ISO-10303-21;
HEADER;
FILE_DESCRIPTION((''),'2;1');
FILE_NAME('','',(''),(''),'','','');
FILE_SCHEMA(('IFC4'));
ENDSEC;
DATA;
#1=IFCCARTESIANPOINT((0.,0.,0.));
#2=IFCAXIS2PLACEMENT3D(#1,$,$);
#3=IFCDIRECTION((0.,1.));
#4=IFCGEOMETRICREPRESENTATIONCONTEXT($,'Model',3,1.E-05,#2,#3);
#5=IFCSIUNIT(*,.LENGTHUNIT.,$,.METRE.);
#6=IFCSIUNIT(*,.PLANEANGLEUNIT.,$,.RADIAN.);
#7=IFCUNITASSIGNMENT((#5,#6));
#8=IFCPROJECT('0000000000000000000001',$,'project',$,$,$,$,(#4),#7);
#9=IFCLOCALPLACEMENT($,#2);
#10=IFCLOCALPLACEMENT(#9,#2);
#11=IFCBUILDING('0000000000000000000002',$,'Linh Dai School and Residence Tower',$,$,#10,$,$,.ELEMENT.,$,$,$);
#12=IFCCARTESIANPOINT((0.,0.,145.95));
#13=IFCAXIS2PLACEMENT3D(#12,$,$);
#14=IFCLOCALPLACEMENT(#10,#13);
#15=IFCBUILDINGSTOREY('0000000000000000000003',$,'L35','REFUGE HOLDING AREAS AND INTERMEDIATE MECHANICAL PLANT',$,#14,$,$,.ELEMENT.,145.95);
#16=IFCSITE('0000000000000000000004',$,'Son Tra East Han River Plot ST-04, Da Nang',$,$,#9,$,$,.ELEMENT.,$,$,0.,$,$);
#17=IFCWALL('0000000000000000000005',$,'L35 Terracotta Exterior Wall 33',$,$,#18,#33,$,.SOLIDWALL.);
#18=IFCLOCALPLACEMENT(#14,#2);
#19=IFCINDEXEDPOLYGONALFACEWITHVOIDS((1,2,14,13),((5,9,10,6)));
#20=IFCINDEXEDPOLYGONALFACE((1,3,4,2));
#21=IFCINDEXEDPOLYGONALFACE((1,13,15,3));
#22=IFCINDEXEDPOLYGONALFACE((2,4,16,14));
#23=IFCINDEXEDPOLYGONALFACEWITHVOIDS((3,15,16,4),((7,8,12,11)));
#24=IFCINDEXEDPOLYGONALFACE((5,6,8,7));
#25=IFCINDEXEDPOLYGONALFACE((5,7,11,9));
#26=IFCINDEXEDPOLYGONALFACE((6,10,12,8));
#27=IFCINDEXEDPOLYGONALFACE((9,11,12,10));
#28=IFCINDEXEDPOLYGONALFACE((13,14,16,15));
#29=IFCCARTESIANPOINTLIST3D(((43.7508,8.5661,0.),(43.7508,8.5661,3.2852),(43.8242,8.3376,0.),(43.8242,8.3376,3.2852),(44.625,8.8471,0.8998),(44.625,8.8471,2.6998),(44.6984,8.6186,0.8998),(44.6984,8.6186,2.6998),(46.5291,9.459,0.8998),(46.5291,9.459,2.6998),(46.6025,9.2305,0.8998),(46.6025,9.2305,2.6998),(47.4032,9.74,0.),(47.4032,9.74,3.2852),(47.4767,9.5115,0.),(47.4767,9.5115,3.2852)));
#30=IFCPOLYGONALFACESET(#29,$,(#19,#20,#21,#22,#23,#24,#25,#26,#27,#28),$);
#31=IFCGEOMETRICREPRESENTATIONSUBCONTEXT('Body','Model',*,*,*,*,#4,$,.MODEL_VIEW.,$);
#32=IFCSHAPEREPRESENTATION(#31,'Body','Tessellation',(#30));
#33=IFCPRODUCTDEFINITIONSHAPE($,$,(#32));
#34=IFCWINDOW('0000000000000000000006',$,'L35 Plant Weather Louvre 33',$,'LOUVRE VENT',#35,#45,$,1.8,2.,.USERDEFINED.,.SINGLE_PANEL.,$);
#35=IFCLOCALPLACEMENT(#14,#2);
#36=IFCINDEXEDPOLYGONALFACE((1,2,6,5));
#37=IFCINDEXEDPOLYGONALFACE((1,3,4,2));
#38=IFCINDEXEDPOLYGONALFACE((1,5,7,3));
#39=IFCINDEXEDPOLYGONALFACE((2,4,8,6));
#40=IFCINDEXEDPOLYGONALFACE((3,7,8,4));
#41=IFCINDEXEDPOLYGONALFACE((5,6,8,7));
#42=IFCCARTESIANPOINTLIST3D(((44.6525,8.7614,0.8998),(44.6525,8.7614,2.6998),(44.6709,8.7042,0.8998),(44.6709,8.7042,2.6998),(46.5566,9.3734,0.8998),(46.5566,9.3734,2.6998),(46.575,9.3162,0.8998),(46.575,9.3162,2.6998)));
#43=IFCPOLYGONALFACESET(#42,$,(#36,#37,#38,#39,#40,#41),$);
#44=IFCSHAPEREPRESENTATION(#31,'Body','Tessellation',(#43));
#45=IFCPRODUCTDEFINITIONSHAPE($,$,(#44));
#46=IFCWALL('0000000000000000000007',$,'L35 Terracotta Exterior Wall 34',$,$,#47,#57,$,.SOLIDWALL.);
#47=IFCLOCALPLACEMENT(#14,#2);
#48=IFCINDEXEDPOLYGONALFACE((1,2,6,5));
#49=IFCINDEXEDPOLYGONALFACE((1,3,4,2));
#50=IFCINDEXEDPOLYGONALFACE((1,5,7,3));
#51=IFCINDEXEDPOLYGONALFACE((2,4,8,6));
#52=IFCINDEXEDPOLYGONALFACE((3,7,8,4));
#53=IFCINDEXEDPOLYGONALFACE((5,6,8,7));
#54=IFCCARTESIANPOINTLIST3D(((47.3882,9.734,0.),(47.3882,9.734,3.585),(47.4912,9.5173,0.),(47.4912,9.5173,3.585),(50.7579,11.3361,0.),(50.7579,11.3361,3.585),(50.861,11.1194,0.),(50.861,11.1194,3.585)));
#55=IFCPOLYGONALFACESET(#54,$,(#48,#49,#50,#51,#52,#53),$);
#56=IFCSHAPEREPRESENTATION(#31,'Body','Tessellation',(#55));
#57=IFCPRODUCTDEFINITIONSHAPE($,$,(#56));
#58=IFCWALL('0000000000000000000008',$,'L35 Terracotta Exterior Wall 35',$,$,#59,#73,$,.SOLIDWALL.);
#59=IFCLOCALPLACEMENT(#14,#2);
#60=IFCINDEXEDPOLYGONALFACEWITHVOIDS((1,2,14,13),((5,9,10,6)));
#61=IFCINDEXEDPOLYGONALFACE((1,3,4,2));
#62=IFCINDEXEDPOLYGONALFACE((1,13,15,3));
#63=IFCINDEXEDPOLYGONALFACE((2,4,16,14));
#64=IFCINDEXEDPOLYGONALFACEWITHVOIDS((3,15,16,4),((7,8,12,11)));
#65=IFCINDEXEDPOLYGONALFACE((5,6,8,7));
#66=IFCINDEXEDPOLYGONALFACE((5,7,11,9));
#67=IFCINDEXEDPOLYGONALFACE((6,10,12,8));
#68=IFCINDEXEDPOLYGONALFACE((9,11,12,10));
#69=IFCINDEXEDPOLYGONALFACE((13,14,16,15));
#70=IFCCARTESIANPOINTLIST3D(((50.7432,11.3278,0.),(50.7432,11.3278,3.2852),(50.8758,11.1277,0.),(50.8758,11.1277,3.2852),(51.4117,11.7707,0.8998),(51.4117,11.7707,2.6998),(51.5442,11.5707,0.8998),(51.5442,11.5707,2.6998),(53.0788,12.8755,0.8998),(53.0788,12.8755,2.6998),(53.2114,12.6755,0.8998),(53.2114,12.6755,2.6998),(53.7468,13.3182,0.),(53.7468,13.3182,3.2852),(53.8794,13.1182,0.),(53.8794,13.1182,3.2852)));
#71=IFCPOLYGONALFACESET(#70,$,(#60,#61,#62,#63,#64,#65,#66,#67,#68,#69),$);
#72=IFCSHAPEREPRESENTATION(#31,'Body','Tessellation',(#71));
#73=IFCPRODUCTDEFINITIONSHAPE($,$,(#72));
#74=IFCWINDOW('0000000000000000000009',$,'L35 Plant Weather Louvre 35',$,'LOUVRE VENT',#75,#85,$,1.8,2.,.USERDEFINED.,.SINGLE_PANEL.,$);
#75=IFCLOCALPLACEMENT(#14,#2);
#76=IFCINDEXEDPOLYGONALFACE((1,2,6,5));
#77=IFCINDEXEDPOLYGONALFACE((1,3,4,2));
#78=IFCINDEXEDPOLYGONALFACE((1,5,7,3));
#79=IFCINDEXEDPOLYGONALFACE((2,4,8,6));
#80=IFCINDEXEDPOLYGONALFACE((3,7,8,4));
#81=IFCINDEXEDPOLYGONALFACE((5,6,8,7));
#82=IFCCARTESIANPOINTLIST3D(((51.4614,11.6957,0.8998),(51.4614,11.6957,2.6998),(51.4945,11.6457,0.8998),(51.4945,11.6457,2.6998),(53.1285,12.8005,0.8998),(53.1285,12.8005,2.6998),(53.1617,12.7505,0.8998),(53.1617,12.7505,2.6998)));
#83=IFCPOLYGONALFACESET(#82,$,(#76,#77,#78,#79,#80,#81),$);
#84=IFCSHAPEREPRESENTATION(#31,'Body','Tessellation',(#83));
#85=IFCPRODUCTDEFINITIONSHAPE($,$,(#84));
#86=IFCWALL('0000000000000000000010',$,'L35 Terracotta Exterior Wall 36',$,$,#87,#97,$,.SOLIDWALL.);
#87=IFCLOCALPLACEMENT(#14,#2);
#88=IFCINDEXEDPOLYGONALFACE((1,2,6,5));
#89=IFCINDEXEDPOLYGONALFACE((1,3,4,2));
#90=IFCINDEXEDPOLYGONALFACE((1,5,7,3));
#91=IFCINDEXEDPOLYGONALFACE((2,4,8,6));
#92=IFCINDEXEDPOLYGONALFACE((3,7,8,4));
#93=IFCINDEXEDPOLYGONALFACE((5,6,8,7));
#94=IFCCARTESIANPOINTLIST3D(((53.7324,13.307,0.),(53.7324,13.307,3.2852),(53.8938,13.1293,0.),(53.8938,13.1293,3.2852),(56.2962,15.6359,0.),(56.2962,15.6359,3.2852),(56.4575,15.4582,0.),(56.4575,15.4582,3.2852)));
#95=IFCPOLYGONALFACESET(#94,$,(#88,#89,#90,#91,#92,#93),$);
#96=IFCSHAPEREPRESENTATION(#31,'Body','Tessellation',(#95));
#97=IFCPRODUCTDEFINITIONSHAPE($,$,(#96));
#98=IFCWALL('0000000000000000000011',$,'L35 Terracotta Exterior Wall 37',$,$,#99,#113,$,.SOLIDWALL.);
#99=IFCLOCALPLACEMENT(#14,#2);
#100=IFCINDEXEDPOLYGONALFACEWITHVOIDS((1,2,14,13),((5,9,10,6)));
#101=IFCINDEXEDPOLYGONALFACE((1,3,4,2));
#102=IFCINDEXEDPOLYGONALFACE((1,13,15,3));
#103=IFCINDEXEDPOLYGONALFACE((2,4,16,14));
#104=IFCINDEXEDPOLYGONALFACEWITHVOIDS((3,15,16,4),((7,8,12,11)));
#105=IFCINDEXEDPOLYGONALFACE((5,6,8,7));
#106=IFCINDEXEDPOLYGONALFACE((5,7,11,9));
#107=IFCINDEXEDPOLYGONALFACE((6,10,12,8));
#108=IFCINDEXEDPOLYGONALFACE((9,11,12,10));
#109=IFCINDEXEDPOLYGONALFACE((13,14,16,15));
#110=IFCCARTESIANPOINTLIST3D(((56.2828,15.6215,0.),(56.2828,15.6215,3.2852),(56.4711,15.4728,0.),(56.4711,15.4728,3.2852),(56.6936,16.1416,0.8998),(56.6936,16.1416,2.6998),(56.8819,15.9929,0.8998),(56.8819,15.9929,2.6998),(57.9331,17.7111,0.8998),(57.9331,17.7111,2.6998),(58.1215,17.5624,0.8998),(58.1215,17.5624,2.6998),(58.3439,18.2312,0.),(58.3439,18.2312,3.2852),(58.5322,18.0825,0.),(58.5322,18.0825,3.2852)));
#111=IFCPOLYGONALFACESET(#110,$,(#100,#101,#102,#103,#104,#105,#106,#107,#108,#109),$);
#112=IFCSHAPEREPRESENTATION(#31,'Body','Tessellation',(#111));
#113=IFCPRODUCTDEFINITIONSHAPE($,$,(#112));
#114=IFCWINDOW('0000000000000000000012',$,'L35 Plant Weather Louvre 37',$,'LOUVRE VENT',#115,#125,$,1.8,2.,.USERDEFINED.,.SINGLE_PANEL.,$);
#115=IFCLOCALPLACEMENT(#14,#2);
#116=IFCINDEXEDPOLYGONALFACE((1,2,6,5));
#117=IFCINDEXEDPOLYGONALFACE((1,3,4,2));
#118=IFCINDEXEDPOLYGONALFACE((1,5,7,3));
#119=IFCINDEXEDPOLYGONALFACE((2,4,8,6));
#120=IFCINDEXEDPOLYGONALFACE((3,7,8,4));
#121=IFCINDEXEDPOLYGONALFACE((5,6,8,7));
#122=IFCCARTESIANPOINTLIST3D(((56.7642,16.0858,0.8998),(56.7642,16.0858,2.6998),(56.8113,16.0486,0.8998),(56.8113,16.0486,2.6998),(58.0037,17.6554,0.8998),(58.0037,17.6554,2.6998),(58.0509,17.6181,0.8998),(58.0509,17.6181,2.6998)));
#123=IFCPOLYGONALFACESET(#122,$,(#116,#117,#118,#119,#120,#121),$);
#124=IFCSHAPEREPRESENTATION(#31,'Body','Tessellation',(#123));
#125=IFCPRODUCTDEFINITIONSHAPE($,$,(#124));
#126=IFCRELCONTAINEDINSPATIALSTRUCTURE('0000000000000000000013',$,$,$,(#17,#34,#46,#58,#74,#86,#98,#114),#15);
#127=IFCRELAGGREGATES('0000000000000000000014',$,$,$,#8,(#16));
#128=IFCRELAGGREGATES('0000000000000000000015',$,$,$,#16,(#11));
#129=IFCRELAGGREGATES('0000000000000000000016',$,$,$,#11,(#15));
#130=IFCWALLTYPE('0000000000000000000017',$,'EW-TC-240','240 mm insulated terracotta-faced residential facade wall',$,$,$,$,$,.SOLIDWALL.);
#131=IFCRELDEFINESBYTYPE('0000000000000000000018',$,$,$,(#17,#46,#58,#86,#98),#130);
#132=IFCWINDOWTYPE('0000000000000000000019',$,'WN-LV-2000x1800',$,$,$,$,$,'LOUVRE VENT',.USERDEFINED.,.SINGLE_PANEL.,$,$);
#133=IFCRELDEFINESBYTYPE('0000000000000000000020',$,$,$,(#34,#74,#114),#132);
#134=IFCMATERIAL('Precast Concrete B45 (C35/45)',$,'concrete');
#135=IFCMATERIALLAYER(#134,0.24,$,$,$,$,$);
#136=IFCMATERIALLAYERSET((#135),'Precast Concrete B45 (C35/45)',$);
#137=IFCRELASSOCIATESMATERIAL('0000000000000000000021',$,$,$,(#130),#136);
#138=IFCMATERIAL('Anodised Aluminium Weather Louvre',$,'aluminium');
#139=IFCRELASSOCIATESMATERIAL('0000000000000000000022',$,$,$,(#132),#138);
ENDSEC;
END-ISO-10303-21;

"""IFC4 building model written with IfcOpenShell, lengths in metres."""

from ifc_helpers import new_model, si_unit, direction, frame, frame_2d, origin, origin_2d, place, context, subcontext, project, spatial, rectangle, extrude, source, transform, mapped, material, layer, layer_set, type_object, element, fill, save


model = new_model("IFC4")

# Units and contexts
model_context = context("Model", 3, precision=1e-05, world=origin(), true_north=direction((0.0, 1.0)))
body_context = subcontext(model_context, "Body", "Model", "MODEL_VIEW")
ifc_project = project(units=[si_unit("LENGTHUNIT", "METRE"), si_unit("PLANEANGLEUNIT", "RADIAN")], contexts=[model_context])

# Site, building, storey
site_placement = place(None, origin())
site = spatial("IfcSite", under=ifc_project, at=site_placement, Name="Son Tra East Han River Plot ST-04, Da Nang", CompositionType="ELEMENT", RefElevation=0.0)
building_placement = place(site_placement, origin())
building = spatial("IfcBuilding", under=site, at=building_placement, Name="Linh Dai School and Residence Tower", CompositionType="ELEMENT")
storey_placement = place(building_placement, frame((0.0, 0.0, 145.95)))
storey = spatial("IfcBuildingStorey", under=building, at=storey_placement, Name="L35", Description="REFUGE HOLDING AREAS AND INTERMEDIATE MECHANICAL PLANT", CompositionType="ELEMENT", Elevation=145.95)

# Wall, opening, window
ifc_material_1 = material(Name="Precast Concrete B45 (C35/45)", Category="concrete")
ifc_layer_1 = layer(ifc_material_1, 0.24)
ifc_layer_set_1 = layer_set([ifc_layer_1], Name="Precast Concrete B45 (C35/45)")
wall_type_1 = type_object("IfcWallType", Name="EW-TC-240", Description="240 mm insulated terracotta-faced residential facade wall", PredefinedType="SOLIDWALL", material=ifc_layer_set_1)
wall_1_placement = place(storey_placement, frame((47.4399, 9.6257, 0.0), z_axis=(0.0, 0.0, 1.0), x_axis=(-0.952039, -0.305976, 0.0)))
wall_1 = element("IfcWall", 1, at=wall_1_placement, inside=storey, type_object=wall_type_1, Name="L35 Terracotta Exterior Wall 33", PredefinedType="SOLIDWALL", context=body_context, shape_type="SweptSolid", body=[
    extrude(rectangle(XDim=3.8364, YDim=0.24, at=frame_2d((1.9182, 0.0))), origin(), (0.0, 0.0, 1.0), 3.2852),
])
opening_1_placement = place(wall_1_placement, frame((0.9182, 0.0, 0.8999)))
opening_1 = element("IfcOpeningElement", 2, at=opening_1_placement, cuts=wall_1, PredefinedType="OPENING", context=body_context, shape_type="SweptSolid", body=[
    extrude(rectangle(XDim=2.0, YDim=1.8, at=origin_2d()), frame((1.0, 0.1299, 0.8999), z_axis=(0.0, -1.0, 0.0), x_axis=(1.0, 0.0, 0.0)), (0.0, 0.0, 1.0), 0.26),
])
ifc_material_2 = material(Name="Anodised Aluminium Weather Louvre", Category="aluminium")
window_type = type_object("IfcWindowType", Name="WN-LV-2000x1800", ElementType="LOUVRE VENT", PartitioningType="SINGLE_PANEL", PredefinedType="USERDEFINED", material=ifc_material_2)
shared_shape_1 = source(origin(), body_context, "Body", "SweptSolid", [
    extrude(rectangle(XDim=2.0, YDim=1.8, at=origin_2d()), frame((1.0, 0.03, 0.8999), z_axis=(0.0, -1.0, 0.0), x_axis=(1.0, 0.0, 0.0)), (0.0, 0.0, 1.0), 0.0601),
])
window_1_placement = place(opening_1_placement, origin())
window_1 = element("IfcWindow", 3, at=window_1_placement, inside=storey, type_object=window_type, Name="L35 Plant Weather Louvre 33", ObjectType="LOUVRE VENT", OverallHeight=1.8, OverallWidth=2.0, PartitioningType="SINGLE_PANEL", PredefinedType="USERDEFINED", context=body_context, shape_type="MappedRepresentation", body=[
    mapped(shared_shape_1, transform((0.0, 0.0, 0.0), x_axis=(1.0, 0.0, 0.0), y_axis=(0.0, 1.0, 0.0), z_axis=(0.0, 0.0, 1.0), scale=1.0)),
])
fill(opening_1, window_1)

# Wall
wall_2_placement = place(storey_placement, frame((50.8096, 11.2278, 0.0), z_axis=(0.0, 0.0, 1.0), x_axis=(-0.903124, -0.42938, 0.0)))
element("IfcWall", 4, at=wall_2_placement, inside=storey, type_object=wall_type_1, Name="L35 Terracotta Exterior Wall 34", PredefinedType="SOLIDWALL", context=body_context, shape_type="SweptSolid", body=[
    extrude(rectangle(XDim=3.7312, YDim=0.24, at=frame_2d((1.8657, 0.0))), origin(), (0.0, 0.0, 1.0), 3.585),
])

# Wall, opening, window
wall_3_placement = place(storey_placement, frame((53.8132, 13.2183, 0.0), z_axis=(0.0, 0.0, 1.0), x_axis=(-0.833579, -0.5524, 0.0)))
wall_3 = element("IfcWall", 5, at=wall_3_placement, inside=storey, type_object=wall_type_1, Name="L35 Terracotta Exterior Wall 35", PredefinedType="SOLIDWALL", context=body_context, shape_type="SweptSolid", body=[
    extrude(rectangle(XDim=3.6033, YDim=0.24, at=frame_2d((1.8018, 0.0))), origin(), (0.0, 0.0, 1.0), 3.2852),
])
opening_2_placement = place(wall_3_placement, frame((0.8015, 0.0, 0.8999)))
opening_2 = element("IfcOpeningElement", 6, at=opening_2_placement, cuts=wall_3, PredefinedType="OPENING", context=body_context, shape_type="SweptSolid", body=[
    extrude(rectangle(XDim=2.0, YDim=1.8, at=origin_2d()), frame((1.0, 0.1299, 0.8999), z_axis=(0.0, -1.0, 0.0), x_axis=(1.0, 0.0, 0.0)), (0.0, 0.0, 1.0), 0.26),
])
window_2_placement = place(opening_2_placement, origin())
window_2 = element("IfcWindow", 7, at=window_2_placement, inside=storey, type_object=window_type, Name="L35 Plant Weather Louvre 35", ObjectType="LOUVRE VENT", OverallHeight=1.8, OverallWidth=2.0, PartitioningType="SINGLE_PANEL", PredefinedType="USERDEFINED", context=body_context, shape_type="MappedRepresentation", body=[
    mapped(shared_shape_1, transform((0.0, 0.0, 0.0), x_axis=(1.0, 0.0, 0.0), y_axis=(0.0, 1.0, 0.0), z_axis=(0.0, 0.0, 1.0), scale=1.0)),
])
fill(opening_2, window_2)

# Wall
wall_4_placement = place(storey_placement, frame((56.377, 15.5471, 0.0), z_axis=(0.0, 0.0, 1.0), x_axis=(-0.740198, -0.672389, 0.0)))
element("IfcWall", 8, at=wall_4_placement, inside=storey, type_object=wall_type_1, Name="L35 Terracotta Exterior Wall 36", PredefinedType="SOLIDWALL", context=body_context, shape_type="SweptSolid", body=[
    extrude(rectangle(XDim=3.4636, YDim=0.24, at=frame_2d((1.7319, 0.0))), origin(), (0.0, 0.0, 1.0), 3.2852),
])

# Wall, opening, window
wall_5_placement = place(storey_placement, frame((58.438, 18.1567, 0.0), z_axis=(0.0, 0.0, 1.0), x_axis=(-0.619794, -0.784764, 0.0)))
wall_5 = element("IfcWall", 9, at=wall_5_placement, inside=storey, type_object=wall_type_1, Name="L35 Terracotta Exterior Wall 37", PredefinedType="SOLIDWALL", context=body_context, shape_type="SweptSolid", body=[
    extrude(rectangle(XDim=3.3254, YDim=0.24, at=frame_2d((1.6626, 0.0))), origin(), (0.0, 0.0, 1.0), 3.2852),
])
opening_3_placement = place(wall_5_placement, frame((0.6626, 0.0, 0.8999)))
opening_3 = element("IfcOpeningElement", 10, at=opening_3_placement, cuts=wall_5, PredefinedType="OPENING", context=body_context, shape_type="SweptSolid", body=[
    extrude(rectangle(XDim=2.0, YDim=1.8, at=origin_2d()), frame((1.0, 0.1299, 0.8999), z_axis=(0.0, -1.0, 0.0), x_axis=(1.0, 0.0, 0.0)), (0.0, 0.0, 1.0), 0.26),
])
window_3_placement = place(opening_3_placement, origin())
window_3 = element("IfcWindow", 11, at=window_3_placement, inside=storey, type_object=window_type, Name="L35 Plant Weather Louvre 37", ObjectType="LOUVRE VENT", OverallHeight=1.8, OverallWidth=2.0, PartitioningType="SINGLE_PANEL", PredefinedType="USERDEFINED", context=body_context, shape_type="MappedRepresentation", body=[
    mapped(shared_shape_1, transform((0.0, 0.0, 0.0), x_axis=(1.0, 0.0, 0.0), y_axis=(0.0, 1.0, 0.0), z_axis=(0.0, 0.0, 1.0), scale=1.0)),
])
fill(opening_3, window_3)

save(model, "model.ifc")
